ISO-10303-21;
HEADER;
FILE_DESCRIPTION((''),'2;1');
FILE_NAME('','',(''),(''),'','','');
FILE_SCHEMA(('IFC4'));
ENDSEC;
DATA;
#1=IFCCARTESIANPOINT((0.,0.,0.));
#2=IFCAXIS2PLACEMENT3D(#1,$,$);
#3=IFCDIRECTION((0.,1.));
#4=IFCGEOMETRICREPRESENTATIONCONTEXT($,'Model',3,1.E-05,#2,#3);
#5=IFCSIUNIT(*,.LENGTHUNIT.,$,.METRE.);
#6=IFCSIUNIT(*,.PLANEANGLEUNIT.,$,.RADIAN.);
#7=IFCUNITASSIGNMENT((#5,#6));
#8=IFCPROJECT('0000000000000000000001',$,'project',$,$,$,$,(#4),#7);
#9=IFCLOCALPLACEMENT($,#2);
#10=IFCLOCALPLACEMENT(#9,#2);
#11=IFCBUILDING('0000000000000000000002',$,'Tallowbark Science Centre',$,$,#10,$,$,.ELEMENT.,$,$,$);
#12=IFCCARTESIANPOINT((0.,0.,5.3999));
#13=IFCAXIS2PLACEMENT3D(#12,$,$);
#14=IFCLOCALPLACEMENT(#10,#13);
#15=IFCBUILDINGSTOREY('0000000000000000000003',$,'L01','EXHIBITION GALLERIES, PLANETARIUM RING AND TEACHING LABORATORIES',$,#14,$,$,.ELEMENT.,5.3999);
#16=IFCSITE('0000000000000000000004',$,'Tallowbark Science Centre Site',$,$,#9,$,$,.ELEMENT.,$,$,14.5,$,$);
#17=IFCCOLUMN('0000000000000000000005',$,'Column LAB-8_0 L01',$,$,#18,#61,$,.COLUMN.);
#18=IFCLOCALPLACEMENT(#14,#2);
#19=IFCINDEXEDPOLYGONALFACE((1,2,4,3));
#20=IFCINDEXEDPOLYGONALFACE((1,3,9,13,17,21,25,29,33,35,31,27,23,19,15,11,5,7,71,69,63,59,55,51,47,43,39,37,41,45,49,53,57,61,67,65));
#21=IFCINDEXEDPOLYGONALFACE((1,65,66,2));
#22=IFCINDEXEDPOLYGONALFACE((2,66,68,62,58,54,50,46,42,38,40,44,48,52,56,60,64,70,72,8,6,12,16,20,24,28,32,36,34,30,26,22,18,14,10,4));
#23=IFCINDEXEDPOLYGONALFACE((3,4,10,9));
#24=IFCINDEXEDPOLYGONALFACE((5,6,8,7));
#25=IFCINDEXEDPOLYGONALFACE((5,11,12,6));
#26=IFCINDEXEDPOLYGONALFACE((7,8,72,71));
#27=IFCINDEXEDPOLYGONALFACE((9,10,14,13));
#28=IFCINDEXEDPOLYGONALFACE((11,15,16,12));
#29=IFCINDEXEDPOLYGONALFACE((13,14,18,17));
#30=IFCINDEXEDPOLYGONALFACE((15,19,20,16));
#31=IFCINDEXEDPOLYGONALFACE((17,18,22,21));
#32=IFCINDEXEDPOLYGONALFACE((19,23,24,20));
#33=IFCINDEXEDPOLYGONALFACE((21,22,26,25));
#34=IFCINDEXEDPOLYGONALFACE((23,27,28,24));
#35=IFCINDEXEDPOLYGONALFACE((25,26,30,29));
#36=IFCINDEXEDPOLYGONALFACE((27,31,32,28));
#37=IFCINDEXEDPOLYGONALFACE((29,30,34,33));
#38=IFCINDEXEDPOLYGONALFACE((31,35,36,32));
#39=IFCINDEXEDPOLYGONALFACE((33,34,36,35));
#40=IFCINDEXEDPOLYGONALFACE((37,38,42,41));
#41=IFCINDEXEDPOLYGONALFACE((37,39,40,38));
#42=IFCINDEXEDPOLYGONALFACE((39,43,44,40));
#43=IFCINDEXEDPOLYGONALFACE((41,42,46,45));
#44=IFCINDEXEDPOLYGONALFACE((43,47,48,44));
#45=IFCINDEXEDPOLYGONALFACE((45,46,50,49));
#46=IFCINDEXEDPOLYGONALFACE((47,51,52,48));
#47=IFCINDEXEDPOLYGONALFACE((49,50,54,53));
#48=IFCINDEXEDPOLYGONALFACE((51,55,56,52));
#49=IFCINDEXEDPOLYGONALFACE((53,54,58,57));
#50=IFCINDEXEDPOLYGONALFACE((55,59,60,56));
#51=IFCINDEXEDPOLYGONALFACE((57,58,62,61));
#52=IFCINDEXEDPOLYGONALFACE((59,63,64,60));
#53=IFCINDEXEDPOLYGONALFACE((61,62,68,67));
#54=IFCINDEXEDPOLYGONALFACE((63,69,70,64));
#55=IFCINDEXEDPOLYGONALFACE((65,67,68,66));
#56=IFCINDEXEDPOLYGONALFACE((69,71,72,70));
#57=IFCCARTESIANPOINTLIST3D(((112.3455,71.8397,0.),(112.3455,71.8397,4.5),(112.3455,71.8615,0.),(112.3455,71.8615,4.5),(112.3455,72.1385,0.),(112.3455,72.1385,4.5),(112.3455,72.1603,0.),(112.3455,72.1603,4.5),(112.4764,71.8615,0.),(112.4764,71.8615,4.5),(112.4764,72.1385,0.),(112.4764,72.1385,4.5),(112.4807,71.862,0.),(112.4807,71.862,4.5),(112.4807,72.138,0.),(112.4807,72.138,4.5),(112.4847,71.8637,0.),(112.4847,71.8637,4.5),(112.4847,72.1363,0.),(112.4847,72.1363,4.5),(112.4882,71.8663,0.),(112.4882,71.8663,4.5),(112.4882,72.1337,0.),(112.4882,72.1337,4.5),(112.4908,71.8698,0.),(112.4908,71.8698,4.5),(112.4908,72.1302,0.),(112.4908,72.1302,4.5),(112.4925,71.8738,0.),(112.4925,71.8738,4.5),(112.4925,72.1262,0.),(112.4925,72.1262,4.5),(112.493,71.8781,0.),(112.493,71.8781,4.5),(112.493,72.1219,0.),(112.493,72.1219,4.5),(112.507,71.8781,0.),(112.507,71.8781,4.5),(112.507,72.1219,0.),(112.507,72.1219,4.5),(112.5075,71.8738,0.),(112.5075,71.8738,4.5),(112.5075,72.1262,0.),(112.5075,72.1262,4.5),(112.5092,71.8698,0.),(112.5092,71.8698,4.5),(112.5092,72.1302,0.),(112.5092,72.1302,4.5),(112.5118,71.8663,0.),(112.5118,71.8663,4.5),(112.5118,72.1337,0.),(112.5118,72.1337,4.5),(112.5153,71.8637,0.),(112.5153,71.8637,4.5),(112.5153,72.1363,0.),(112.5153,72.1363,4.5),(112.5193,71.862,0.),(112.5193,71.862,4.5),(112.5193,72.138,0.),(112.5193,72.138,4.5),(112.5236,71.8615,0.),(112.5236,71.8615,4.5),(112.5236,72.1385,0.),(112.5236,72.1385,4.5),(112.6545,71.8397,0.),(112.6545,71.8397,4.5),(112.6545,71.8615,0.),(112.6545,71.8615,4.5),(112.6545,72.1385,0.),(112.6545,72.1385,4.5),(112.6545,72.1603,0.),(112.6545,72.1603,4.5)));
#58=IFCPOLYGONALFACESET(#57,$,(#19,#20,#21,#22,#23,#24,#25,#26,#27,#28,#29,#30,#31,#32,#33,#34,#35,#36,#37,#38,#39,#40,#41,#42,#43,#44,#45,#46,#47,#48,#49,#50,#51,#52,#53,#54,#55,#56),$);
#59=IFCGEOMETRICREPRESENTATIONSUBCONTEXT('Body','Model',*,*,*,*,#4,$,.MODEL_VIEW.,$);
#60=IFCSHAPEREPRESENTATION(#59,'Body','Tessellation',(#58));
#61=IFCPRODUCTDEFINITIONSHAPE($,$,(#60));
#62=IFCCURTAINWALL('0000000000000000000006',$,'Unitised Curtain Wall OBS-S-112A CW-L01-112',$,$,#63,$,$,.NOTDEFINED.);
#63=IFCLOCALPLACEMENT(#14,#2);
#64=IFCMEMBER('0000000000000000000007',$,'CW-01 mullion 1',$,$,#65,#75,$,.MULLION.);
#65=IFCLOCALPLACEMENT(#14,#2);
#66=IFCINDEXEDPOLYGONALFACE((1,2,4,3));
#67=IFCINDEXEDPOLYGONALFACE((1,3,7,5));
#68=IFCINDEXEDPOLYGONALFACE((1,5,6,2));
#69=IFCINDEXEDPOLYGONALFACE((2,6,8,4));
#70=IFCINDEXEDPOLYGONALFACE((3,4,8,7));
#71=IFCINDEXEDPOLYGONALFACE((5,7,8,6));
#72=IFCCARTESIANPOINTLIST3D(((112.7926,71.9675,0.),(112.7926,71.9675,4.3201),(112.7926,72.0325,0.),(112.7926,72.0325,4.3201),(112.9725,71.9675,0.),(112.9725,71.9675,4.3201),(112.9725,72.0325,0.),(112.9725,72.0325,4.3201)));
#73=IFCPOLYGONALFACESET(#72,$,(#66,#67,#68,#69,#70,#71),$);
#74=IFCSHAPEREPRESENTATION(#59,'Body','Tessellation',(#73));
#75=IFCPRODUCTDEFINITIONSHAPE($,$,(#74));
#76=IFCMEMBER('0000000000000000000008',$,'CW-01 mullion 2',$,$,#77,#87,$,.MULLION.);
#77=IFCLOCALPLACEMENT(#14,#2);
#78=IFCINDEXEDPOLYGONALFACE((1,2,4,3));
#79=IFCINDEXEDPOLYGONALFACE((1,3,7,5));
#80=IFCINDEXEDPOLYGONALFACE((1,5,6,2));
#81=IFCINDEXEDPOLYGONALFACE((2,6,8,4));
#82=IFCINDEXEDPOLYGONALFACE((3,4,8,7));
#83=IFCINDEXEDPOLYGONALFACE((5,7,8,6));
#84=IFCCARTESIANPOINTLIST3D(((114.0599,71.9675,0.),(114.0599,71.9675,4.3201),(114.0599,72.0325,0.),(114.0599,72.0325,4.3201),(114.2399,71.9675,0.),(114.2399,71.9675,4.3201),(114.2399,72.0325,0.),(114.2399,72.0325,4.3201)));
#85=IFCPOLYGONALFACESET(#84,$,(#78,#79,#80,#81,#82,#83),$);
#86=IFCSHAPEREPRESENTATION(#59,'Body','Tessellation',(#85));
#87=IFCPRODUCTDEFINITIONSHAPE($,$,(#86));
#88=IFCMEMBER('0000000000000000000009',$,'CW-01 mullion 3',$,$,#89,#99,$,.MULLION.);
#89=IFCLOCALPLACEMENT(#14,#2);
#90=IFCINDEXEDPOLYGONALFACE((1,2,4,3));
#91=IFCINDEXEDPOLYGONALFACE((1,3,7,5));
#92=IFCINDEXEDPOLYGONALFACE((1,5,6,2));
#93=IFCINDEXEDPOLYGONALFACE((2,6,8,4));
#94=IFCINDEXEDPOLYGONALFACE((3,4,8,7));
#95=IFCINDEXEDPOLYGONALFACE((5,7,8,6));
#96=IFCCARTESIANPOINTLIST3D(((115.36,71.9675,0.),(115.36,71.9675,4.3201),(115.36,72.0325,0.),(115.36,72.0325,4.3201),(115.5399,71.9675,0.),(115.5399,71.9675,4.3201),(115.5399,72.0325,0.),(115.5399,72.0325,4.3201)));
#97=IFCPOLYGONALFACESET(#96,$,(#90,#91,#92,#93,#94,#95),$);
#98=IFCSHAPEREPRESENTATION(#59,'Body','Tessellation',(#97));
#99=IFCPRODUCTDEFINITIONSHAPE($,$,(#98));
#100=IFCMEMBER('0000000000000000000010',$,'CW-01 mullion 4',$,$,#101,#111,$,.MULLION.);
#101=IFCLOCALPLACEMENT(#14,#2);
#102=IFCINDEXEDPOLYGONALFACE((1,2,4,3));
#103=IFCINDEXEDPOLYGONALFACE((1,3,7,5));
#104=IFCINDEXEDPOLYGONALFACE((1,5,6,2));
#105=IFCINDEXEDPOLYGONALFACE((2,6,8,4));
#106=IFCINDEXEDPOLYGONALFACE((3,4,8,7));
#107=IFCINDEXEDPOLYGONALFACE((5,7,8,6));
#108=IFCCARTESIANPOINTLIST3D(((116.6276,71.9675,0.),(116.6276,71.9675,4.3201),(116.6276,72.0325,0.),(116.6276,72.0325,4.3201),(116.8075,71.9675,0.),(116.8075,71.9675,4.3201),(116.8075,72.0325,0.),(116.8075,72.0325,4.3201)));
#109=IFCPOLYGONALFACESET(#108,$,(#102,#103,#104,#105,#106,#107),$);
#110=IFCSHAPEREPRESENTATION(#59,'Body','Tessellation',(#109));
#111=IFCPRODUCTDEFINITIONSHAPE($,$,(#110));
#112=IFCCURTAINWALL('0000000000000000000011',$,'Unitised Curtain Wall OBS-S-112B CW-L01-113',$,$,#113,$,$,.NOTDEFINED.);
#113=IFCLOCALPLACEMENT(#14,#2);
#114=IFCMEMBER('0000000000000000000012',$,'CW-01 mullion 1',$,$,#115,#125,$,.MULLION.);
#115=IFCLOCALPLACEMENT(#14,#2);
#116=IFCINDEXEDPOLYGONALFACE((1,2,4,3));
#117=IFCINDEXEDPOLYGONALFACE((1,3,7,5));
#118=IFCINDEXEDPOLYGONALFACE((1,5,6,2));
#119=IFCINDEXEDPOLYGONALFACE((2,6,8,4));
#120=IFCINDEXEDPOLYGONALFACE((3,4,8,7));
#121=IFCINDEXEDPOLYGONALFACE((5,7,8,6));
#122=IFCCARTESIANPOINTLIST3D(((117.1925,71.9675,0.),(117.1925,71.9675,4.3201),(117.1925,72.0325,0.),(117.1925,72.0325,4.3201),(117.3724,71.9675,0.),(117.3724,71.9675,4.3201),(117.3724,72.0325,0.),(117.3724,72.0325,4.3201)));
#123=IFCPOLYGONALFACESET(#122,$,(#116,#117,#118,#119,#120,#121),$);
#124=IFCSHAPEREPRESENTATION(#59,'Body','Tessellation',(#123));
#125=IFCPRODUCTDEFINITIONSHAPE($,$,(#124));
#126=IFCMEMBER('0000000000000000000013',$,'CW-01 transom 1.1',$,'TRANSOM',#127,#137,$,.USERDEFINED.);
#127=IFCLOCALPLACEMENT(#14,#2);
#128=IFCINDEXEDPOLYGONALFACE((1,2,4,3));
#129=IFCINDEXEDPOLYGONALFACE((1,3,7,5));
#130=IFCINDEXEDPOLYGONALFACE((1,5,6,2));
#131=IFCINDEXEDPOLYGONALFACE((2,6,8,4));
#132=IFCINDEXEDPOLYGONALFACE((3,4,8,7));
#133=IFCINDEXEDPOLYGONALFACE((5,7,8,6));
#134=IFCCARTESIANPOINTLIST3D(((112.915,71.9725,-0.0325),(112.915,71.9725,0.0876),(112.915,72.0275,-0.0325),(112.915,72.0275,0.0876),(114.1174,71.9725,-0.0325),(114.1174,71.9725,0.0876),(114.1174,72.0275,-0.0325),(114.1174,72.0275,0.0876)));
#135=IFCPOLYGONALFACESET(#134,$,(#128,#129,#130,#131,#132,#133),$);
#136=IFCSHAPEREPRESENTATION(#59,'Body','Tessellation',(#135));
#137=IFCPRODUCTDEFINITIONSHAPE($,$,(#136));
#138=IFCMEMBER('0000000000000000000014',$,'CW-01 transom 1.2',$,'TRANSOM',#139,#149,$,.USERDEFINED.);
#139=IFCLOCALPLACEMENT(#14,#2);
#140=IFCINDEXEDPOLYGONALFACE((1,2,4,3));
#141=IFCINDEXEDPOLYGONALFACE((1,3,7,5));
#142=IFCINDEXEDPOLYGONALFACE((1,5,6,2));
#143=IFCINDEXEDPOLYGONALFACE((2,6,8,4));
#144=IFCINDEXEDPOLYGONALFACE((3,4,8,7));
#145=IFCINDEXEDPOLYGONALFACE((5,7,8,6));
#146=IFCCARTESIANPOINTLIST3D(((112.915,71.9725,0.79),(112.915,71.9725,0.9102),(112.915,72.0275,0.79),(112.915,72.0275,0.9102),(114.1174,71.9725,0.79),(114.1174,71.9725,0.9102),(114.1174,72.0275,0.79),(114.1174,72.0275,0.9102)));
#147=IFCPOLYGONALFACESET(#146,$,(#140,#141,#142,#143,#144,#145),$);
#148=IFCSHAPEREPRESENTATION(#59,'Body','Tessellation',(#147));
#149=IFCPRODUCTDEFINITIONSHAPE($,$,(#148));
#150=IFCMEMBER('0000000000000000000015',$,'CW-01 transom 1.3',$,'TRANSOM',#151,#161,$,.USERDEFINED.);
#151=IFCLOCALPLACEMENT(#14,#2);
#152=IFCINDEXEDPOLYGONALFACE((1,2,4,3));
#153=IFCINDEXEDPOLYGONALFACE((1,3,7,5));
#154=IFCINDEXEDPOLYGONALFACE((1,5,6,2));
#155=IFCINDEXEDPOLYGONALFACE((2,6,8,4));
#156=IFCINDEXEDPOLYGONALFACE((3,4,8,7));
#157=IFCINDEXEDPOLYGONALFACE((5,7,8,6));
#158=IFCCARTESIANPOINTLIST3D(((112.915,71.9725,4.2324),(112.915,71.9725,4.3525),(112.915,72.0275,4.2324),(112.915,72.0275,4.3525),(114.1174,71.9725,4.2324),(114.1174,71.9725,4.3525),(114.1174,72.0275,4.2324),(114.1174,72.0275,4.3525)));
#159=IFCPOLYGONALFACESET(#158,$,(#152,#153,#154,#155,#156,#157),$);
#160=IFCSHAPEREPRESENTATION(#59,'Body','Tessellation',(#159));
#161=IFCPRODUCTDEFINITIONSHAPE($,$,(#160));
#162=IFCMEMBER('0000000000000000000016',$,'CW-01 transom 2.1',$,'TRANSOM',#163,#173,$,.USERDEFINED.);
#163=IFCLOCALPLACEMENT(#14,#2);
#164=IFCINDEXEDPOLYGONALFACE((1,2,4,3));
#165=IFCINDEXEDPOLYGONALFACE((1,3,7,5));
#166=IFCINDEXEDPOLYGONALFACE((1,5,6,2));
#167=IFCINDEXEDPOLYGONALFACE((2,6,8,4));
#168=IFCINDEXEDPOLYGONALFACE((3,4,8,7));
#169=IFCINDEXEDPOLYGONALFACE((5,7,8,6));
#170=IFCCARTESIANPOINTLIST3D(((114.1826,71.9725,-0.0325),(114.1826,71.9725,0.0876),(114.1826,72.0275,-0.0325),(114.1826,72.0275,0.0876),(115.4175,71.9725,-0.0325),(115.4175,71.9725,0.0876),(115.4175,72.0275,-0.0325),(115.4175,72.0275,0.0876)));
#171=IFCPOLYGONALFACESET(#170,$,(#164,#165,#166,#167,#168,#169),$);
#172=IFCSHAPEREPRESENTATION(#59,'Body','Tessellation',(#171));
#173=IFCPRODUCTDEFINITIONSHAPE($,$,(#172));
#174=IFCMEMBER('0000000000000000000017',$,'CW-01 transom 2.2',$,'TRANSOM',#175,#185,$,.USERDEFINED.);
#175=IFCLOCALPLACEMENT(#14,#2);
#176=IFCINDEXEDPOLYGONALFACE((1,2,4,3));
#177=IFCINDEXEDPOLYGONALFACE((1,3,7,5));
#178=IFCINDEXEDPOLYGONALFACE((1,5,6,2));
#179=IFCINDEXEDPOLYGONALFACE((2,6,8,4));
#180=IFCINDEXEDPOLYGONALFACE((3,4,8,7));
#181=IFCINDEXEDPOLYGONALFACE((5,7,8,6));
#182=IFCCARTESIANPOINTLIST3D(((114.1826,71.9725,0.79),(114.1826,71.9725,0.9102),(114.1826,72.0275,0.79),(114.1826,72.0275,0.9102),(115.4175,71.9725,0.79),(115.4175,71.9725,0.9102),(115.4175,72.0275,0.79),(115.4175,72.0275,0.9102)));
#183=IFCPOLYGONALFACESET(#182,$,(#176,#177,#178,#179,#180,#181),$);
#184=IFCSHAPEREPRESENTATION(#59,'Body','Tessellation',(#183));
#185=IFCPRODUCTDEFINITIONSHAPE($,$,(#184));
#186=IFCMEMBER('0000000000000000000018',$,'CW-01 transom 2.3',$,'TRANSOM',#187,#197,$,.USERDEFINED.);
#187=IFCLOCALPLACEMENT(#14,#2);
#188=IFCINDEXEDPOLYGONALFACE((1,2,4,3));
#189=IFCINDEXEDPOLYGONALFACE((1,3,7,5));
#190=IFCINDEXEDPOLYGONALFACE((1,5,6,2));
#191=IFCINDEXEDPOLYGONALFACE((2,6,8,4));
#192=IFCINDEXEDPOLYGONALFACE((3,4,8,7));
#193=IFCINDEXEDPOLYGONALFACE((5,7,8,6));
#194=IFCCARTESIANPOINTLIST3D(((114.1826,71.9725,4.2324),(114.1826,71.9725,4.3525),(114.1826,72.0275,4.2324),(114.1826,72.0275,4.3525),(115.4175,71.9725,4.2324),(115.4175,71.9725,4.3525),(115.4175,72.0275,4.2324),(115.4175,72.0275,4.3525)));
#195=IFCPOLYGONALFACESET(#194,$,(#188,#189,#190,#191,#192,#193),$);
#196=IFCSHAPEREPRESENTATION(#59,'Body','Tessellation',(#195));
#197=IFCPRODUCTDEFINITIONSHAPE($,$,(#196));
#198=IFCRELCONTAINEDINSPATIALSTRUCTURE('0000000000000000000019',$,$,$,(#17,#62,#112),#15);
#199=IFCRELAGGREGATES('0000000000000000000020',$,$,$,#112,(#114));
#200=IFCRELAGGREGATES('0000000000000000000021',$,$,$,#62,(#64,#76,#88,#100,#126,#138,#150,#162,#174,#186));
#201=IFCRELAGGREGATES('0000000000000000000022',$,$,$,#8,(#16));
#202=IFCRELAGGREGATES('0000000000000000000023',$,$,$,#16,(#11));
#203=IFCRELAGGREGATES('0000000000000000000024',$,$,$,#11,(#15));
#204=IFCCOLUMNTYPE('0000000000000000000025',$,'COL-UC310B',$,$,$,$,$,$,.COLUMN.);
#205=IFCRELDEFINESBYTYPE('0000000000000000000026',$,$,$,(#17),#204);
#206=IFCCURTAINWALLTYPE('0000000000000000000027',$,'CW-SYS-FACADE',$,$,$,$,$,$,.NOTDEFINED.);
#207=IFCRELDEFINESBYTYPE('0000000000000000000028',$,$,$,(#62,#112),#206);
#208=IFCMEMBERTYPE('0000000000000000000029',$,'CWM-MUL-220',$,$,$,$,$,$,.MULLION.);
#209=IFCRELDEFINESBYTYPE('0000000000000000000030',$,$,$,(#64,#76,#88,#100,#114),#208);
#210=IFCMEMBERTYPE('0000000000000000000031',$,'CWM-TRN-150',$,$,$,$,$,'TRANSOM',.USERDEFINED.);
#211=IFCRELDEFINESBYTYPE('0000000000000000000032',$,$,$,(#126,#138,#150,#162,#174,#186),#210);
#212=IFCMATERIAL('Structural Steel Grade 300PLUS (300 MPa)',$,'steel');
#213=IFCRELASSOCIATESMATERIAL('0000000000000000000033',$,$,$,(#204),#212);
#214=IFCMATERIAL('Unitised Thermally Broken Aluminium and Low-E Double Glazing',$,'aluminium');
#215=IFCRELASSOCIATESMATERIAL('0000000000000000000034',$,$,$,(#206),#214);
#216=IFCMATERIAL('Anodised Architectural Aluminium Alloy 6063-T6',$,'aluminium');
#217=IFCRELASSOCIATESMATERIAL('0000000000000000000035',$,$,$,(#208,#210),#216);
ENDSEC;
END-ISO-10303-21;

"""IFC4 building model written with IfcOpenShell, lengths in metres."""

from ifc_helpers import new_model, si_unit, direction, frame, origin, origin_2d, place, context, subcontext, project, spatial, rectangle, i_section, extrude, material, material_profile, profile_set, type_object, element, aggregate, save


model = new_model("IFC4")

# Units and contexts
model_context = context("Model", 3, precision=1e-05, world=origin(), true_north=direction((0.0, 1.0)))
body_context = subcontext(model_context, "Body", "Model", "MODEL_VIEW")
ifc_project = project(units=[si_unit("LENGTHUNIT", "METRE"), si_unit("PLANEANGLEUNIT", "RADIAN")], contexts=[model_context])

# Site, building, storey
site_placement = place(None, origin())
site = spatial("IfcSite", under=ifc_project, at=site_placement, Name="Tallowbark Science Centre Site", CompositionType="ELEMENT", RefElevation=14.5)
building_placement = place(site_placement, origin())
building = spatial("IfcBuilding", under=site, at=building_placement, Name="Tallowbark Science Centre", CompositionType="ELEMENT")
storey_placement = place(building_placement, frame((0.0, 0.0, 5.3999)))
storey = spatial("IfcBuildingStorey", under=building, at=storey_placement, Name="L01", Description="EXHIBITION GALLERIES, PLANETARIUM RING AND TEACHING LABORATORIES", CompositionType="ELEMENT", Elevation=5.3999)

# Column
ifc_material_1 = material(Name="Structural Steel Grade 300PLUS (300 MPa)", Category="steel")
ifc_material_profile_1 = material_profile(ifc_material_1, i_section(OverallWidth=0.3091, OverallDepth=0.3206, WebThickness=0.0139, FlangeThickness=0.0217, FilletRadius=0.0166, at=origin_2d()), Name="310UC137")
ifc_profile_set_1 = profile_set([ifc_material_profile_1], Name="Structural Steel Grade 300PLUS (300 MPa)")
column_type = type_object("IfcColumnType", Name="COL-UC310B", PredefinedType="COLUMN", material=ifc_profile_set_1)
column_placement = place(storey_placement, frame((112.5, 72.0, 0.0), z_axis=(0.0, 0.0, 1.0), x_axis=(1.0, 0.0, 0.0)))
element("IfcColumn", 1, at=column_placement, inside=storey, type_object=column_type, Name="Column LAB-8_0 L01", PredefinedType="COLUMN", context=body_context, shape_type="SweptSolid", body=[
    extrude(i_section(OverallWidth=0.3091, OverallDepth=0.3206, WebThickness=0.0139, FlangeThickness=0.0217, FilletRadius=0.0166, at=origin_2d()), origin(), (0.0, 0.0, 1.0), 4.5),
])

# Curtain wall, members
ifc_material_2 = material(Name="Unitised Thermally Broken Aluminium and Low-E Double Glazing", Category="aluminium")
curtain_wall_type = type_object("IfcCurtainWallType", Name="CW-SYS-FACADE", PredefinedType="NOTDEFINED", material=ifc_material_2)
curtain_wall_1_placement = place(storey_placement, origin())
curtain_wall_1 = element("IfcCurtainWall", 2, at=curtain_wall_1_placement, inside=storey, type_object=curtain_wall_type, Name="Unitised Curtain Wall OBS-S-112A CW-L01-112", PredefinedType="NOTDEFINED")
ifc_material_3 = material(Name="Anodised Architectural Aluminium Alloy 6063-T6", Category="aluminium")
ifc_material_profile_2 = material_profile(ifc_material_3, rectangle(XDim=0.0649, YDim=0.1799, at=origin_2d()), Name="ALU65x180")
ifc_profile_set_2 = profile_set([ifc_material_profile_2], Name="Anodised Architectural Aluminium Alloy 6063-T6")
member_type_1 = type_object("IfcMemberType", Name="CWM-MUL-220", PredefinedType="MULLION", material=ifc_profile_set_2)
member_1_placement = place(storey_placement, frame((112.8826, 72.0, 0.0), z_axis=(0.0, 0.0, 1.0), x_axis=(0.0, 1.0, 0.0)))
member_1 = element("IfcMember", 3, at=member_1_placement, type_object=member_type_1, Name="CW-01 mullion 1", PredefinedType="MULLION", context=body_context, shape_type="SweptSolid", body=[
    extrude(rectangle(XDim=0.0649, YDim=0.1799, at=origin_2d()), origin(), (0.0, 0.0, 1.0), 4.3201),
])
member_2_placement = place(storey_placement, frame((114.1499, 72.0, 0.0), z_axis=(0.0, 0.0, 1.0), x_axis=(0.0, 1.0, 0.0)))
member_2 = element("IfcMember", 4, at=member_2_placement, type_object=member_type_1, Name="CW-01 mullion 2", PredefinedType="MULLION", context=body_context, shape_type="SweptSolid", body=[
    extrude(rectangle(XDim=0.0649, YDim=0.1799, at=origin_2d()), origin(), (0.0, 0.0, 1.0), 4.3201),
])
member_3_placement = place(storey_placement, frame((115.45, 72.0, 0.0), z_axis=(0.0, 0.0, 1.0), x_axis=(0.0, 1.0, 0.0)))
member_3 = element("IfcMember", 5, at=member_3_placement, type_object=member_type_1, Name="CW-01 mullion 3", PredefinedType="MULLION", context=body_context, shape_type="SweptSolid", body=[
    extrude(rectangle(XDim=0.0649, YDim=0.1799, at=origin_2d()), origin(), (0.0, 0.0, 1.0), 4.3201),
])
member_4_placement = place(storey_placement, frame((116.7175, 72.0, 0.0), z_axis=(0.0, 0.0, 1.0), x_axis=(0.0, 1.0, 0.0)))
member_4 = element("IfcMember", 6, at=member_4_placement, type_object=member_type_1, Name="CW-01 mullion 4", PredefinedType="MULLION", context=body_context, shape_type="SweptSolid", body=[
    extrude(rectangle(XDim=0.0649, YDim=0.1799, at=origin_2d()), origin(), (0.0, 0.0, 1.0), 4.3201),
])

# Curtain wall, member
curtain_wall_2_placement = place(storey_placement, origin())
curtain_wall_2 = element("IfcCurtainWall", 7, at=curtain_wall_2_placement, inside=storey, type_object=curtain_wall_type, Name="Unitised Curtain Wall OBS-S-112B CW-L01-113", PredefinedType="NOTDEFINED")
member_5_placement = place(storey_placement, frame((117.2825, 72.0, 0.0), z_axis=(0.0, 0.0, 1.0), x_axis=(0.0, 1.0, 0.0)))
member_5 = element("IfcMember", 8, at=member_5_placement, type_object=member_type_1, Name="CW-01 mullion 1", PredefinedType="MULLION", context=body_context, shape_type="SweptSolid", body=[
    extrude(rectangle(XDim=0.0649, YDim=0.1799, at=origin_2d()), origin(), (0.0, 0.0, 1.0), 4.3201),
])
aggregate(curtain_wall_2, [member_5])

# Members
ifc_material_profile_3 = material_profile(ifc_material_3, rectangle(XDim=0.0549, YDim=0.1201, at=origin_2d()), Name="ALU55x120")
ifc_profile_set_3 = profile_set([ifc_material_profile_3], Name="Anodised Architectural Aluminium Alloy 6063-T6")
member_type_2 = type_object("IfcMemberType", Name="CWM-TRN-150", ElementType="TRANSOM", PredefinedType="USERDEFINED", material=ifc_profile_set_3)
member_6_placement = place(storey_placement, frame((112.915, 72.0, 0.0276), z_axis=(1.0, 0.0, 0.0), x_axis=(0.0, 1.0, 0.0)))
member_6 = element("IfcMember", 9, at=member_6_placement, type_object=member_type_2, Name="CW-01 transom 1.1", ObjectType="TRANSOM", PredefinedType="USERDEFINED", context=body_context, shape_type="SweptSolid", body=[
    extrude(rectangle(XDim=0.0549, YDim=0.1201, at=origin_2d()), origin(), (0.0, 0.0, 1.0), 1.2024),
])
member_7_placement = place(storey_placement, frame((112.915, 72.0, 0.8501), z_axis=(1.0, 0.0, 0.0), x_axis=(0.0, 1.0, 0.0)))
member_7 = element("IfcMember", 10, at=member_7_placement, type_object=member_type_2, Name="CW-01 transom 1.2", ObjectType="TRANSOM", PredefinedType="USERDEFINED", context=body_context, shape_type="SweptSolid", body=[
    extrude(rectangle(XDim=0.0549, YDim=0.1201, at=origin_2d()), origin(), (0.0, 0.0, 1.0), 1.2024),
])
member_8_placement = place(storey_placement, frame((112.915, 72.0, 4.2925), z_axis=(1.0, 0.0, 0.0), x_axis=(0.0, 1.0, 0.0)))
member_8 = element("IfcMember", 11, at=member_8_placement, type_object=member_type_2, Name="CW-01 transom 1.3", ObjectType="TRANSOM", PredefinedType="USERDEFINED", context=body_context, shape_type="SweptSolid", body=[
    extrude(rectangle(XDim=0.0549, YDim=0.1201, at=origin_2d()), origin(), (0.0, 0.0, 1.0), 1.2024),
])
member_9_placement = place(storey_placement, frame((114.1826, 72.0, 0.0276), z_axis=(1.0, 0.0, 0.0), x_axis=(0.0, 1.0, 0.0)))
member_9 = element("IfcMember", 12, at=member_9_placement, type_object=member_type_2, Name="CW-01 transom 2.1", ObjectType="TRANSOM", PredefinedType="USERDEFINED", context=body_context, shape_type="SweptSolid", body=[
    extrude(rectangle(XDim=0.0549, YDim=0.1201, at=origin_2d()), origin(), (0.0, 0.0, 1.0), 1.2349),
])
member_10_placement = place(storey_placement, frame((114.1826, 72.0, 0.8501), z_axis=(1.0, 0.0, 0.0), x_axis=(0.0, 1.0, 0.0)))
member_10 = element("IfcMember", 13, at=member_10_placement, type_object=member_type_2, Name="CW-01 transom 2.2", ObjectType="TRANSOM", PredefinedType="USERDEFINED", context=body_context, shape_type="SweptSolid", body=[
    extrude(rectangle(XDim=0.0549, YDim=0.1201, at=origin_2d()), origin(), (0.0, 0.0, 1.0), 1.2349),
])
member_11_placement = place(storey_placement, frame((114.1826, 72.0, 4.2925), z_axis=(1.0, 0.0, 0.0), x_axis=(0.0, 1.0, 0.0)))
member_11 = element("IfcMember", 14, at=member_11_placement, type_object=member_type_2, Name="CW-01 transom 2.3", ObjectType="TRANSOM", PredefinedType="USERDEFINED", context=body_context, shape_type="SweptSolid", body=[
    extrude(rectangle(XDim=0.0549, YDim=0.1201, at=origin_2d()), origin(), (0.0, 0.0, 1.0), 1.2349),
])

aggregate(curtain_wall_1, [member_1, member_2, member_3, member_4, member_6, member_7, member_8, member_9, member_10, member_11])

save(model, "model.ifc")
